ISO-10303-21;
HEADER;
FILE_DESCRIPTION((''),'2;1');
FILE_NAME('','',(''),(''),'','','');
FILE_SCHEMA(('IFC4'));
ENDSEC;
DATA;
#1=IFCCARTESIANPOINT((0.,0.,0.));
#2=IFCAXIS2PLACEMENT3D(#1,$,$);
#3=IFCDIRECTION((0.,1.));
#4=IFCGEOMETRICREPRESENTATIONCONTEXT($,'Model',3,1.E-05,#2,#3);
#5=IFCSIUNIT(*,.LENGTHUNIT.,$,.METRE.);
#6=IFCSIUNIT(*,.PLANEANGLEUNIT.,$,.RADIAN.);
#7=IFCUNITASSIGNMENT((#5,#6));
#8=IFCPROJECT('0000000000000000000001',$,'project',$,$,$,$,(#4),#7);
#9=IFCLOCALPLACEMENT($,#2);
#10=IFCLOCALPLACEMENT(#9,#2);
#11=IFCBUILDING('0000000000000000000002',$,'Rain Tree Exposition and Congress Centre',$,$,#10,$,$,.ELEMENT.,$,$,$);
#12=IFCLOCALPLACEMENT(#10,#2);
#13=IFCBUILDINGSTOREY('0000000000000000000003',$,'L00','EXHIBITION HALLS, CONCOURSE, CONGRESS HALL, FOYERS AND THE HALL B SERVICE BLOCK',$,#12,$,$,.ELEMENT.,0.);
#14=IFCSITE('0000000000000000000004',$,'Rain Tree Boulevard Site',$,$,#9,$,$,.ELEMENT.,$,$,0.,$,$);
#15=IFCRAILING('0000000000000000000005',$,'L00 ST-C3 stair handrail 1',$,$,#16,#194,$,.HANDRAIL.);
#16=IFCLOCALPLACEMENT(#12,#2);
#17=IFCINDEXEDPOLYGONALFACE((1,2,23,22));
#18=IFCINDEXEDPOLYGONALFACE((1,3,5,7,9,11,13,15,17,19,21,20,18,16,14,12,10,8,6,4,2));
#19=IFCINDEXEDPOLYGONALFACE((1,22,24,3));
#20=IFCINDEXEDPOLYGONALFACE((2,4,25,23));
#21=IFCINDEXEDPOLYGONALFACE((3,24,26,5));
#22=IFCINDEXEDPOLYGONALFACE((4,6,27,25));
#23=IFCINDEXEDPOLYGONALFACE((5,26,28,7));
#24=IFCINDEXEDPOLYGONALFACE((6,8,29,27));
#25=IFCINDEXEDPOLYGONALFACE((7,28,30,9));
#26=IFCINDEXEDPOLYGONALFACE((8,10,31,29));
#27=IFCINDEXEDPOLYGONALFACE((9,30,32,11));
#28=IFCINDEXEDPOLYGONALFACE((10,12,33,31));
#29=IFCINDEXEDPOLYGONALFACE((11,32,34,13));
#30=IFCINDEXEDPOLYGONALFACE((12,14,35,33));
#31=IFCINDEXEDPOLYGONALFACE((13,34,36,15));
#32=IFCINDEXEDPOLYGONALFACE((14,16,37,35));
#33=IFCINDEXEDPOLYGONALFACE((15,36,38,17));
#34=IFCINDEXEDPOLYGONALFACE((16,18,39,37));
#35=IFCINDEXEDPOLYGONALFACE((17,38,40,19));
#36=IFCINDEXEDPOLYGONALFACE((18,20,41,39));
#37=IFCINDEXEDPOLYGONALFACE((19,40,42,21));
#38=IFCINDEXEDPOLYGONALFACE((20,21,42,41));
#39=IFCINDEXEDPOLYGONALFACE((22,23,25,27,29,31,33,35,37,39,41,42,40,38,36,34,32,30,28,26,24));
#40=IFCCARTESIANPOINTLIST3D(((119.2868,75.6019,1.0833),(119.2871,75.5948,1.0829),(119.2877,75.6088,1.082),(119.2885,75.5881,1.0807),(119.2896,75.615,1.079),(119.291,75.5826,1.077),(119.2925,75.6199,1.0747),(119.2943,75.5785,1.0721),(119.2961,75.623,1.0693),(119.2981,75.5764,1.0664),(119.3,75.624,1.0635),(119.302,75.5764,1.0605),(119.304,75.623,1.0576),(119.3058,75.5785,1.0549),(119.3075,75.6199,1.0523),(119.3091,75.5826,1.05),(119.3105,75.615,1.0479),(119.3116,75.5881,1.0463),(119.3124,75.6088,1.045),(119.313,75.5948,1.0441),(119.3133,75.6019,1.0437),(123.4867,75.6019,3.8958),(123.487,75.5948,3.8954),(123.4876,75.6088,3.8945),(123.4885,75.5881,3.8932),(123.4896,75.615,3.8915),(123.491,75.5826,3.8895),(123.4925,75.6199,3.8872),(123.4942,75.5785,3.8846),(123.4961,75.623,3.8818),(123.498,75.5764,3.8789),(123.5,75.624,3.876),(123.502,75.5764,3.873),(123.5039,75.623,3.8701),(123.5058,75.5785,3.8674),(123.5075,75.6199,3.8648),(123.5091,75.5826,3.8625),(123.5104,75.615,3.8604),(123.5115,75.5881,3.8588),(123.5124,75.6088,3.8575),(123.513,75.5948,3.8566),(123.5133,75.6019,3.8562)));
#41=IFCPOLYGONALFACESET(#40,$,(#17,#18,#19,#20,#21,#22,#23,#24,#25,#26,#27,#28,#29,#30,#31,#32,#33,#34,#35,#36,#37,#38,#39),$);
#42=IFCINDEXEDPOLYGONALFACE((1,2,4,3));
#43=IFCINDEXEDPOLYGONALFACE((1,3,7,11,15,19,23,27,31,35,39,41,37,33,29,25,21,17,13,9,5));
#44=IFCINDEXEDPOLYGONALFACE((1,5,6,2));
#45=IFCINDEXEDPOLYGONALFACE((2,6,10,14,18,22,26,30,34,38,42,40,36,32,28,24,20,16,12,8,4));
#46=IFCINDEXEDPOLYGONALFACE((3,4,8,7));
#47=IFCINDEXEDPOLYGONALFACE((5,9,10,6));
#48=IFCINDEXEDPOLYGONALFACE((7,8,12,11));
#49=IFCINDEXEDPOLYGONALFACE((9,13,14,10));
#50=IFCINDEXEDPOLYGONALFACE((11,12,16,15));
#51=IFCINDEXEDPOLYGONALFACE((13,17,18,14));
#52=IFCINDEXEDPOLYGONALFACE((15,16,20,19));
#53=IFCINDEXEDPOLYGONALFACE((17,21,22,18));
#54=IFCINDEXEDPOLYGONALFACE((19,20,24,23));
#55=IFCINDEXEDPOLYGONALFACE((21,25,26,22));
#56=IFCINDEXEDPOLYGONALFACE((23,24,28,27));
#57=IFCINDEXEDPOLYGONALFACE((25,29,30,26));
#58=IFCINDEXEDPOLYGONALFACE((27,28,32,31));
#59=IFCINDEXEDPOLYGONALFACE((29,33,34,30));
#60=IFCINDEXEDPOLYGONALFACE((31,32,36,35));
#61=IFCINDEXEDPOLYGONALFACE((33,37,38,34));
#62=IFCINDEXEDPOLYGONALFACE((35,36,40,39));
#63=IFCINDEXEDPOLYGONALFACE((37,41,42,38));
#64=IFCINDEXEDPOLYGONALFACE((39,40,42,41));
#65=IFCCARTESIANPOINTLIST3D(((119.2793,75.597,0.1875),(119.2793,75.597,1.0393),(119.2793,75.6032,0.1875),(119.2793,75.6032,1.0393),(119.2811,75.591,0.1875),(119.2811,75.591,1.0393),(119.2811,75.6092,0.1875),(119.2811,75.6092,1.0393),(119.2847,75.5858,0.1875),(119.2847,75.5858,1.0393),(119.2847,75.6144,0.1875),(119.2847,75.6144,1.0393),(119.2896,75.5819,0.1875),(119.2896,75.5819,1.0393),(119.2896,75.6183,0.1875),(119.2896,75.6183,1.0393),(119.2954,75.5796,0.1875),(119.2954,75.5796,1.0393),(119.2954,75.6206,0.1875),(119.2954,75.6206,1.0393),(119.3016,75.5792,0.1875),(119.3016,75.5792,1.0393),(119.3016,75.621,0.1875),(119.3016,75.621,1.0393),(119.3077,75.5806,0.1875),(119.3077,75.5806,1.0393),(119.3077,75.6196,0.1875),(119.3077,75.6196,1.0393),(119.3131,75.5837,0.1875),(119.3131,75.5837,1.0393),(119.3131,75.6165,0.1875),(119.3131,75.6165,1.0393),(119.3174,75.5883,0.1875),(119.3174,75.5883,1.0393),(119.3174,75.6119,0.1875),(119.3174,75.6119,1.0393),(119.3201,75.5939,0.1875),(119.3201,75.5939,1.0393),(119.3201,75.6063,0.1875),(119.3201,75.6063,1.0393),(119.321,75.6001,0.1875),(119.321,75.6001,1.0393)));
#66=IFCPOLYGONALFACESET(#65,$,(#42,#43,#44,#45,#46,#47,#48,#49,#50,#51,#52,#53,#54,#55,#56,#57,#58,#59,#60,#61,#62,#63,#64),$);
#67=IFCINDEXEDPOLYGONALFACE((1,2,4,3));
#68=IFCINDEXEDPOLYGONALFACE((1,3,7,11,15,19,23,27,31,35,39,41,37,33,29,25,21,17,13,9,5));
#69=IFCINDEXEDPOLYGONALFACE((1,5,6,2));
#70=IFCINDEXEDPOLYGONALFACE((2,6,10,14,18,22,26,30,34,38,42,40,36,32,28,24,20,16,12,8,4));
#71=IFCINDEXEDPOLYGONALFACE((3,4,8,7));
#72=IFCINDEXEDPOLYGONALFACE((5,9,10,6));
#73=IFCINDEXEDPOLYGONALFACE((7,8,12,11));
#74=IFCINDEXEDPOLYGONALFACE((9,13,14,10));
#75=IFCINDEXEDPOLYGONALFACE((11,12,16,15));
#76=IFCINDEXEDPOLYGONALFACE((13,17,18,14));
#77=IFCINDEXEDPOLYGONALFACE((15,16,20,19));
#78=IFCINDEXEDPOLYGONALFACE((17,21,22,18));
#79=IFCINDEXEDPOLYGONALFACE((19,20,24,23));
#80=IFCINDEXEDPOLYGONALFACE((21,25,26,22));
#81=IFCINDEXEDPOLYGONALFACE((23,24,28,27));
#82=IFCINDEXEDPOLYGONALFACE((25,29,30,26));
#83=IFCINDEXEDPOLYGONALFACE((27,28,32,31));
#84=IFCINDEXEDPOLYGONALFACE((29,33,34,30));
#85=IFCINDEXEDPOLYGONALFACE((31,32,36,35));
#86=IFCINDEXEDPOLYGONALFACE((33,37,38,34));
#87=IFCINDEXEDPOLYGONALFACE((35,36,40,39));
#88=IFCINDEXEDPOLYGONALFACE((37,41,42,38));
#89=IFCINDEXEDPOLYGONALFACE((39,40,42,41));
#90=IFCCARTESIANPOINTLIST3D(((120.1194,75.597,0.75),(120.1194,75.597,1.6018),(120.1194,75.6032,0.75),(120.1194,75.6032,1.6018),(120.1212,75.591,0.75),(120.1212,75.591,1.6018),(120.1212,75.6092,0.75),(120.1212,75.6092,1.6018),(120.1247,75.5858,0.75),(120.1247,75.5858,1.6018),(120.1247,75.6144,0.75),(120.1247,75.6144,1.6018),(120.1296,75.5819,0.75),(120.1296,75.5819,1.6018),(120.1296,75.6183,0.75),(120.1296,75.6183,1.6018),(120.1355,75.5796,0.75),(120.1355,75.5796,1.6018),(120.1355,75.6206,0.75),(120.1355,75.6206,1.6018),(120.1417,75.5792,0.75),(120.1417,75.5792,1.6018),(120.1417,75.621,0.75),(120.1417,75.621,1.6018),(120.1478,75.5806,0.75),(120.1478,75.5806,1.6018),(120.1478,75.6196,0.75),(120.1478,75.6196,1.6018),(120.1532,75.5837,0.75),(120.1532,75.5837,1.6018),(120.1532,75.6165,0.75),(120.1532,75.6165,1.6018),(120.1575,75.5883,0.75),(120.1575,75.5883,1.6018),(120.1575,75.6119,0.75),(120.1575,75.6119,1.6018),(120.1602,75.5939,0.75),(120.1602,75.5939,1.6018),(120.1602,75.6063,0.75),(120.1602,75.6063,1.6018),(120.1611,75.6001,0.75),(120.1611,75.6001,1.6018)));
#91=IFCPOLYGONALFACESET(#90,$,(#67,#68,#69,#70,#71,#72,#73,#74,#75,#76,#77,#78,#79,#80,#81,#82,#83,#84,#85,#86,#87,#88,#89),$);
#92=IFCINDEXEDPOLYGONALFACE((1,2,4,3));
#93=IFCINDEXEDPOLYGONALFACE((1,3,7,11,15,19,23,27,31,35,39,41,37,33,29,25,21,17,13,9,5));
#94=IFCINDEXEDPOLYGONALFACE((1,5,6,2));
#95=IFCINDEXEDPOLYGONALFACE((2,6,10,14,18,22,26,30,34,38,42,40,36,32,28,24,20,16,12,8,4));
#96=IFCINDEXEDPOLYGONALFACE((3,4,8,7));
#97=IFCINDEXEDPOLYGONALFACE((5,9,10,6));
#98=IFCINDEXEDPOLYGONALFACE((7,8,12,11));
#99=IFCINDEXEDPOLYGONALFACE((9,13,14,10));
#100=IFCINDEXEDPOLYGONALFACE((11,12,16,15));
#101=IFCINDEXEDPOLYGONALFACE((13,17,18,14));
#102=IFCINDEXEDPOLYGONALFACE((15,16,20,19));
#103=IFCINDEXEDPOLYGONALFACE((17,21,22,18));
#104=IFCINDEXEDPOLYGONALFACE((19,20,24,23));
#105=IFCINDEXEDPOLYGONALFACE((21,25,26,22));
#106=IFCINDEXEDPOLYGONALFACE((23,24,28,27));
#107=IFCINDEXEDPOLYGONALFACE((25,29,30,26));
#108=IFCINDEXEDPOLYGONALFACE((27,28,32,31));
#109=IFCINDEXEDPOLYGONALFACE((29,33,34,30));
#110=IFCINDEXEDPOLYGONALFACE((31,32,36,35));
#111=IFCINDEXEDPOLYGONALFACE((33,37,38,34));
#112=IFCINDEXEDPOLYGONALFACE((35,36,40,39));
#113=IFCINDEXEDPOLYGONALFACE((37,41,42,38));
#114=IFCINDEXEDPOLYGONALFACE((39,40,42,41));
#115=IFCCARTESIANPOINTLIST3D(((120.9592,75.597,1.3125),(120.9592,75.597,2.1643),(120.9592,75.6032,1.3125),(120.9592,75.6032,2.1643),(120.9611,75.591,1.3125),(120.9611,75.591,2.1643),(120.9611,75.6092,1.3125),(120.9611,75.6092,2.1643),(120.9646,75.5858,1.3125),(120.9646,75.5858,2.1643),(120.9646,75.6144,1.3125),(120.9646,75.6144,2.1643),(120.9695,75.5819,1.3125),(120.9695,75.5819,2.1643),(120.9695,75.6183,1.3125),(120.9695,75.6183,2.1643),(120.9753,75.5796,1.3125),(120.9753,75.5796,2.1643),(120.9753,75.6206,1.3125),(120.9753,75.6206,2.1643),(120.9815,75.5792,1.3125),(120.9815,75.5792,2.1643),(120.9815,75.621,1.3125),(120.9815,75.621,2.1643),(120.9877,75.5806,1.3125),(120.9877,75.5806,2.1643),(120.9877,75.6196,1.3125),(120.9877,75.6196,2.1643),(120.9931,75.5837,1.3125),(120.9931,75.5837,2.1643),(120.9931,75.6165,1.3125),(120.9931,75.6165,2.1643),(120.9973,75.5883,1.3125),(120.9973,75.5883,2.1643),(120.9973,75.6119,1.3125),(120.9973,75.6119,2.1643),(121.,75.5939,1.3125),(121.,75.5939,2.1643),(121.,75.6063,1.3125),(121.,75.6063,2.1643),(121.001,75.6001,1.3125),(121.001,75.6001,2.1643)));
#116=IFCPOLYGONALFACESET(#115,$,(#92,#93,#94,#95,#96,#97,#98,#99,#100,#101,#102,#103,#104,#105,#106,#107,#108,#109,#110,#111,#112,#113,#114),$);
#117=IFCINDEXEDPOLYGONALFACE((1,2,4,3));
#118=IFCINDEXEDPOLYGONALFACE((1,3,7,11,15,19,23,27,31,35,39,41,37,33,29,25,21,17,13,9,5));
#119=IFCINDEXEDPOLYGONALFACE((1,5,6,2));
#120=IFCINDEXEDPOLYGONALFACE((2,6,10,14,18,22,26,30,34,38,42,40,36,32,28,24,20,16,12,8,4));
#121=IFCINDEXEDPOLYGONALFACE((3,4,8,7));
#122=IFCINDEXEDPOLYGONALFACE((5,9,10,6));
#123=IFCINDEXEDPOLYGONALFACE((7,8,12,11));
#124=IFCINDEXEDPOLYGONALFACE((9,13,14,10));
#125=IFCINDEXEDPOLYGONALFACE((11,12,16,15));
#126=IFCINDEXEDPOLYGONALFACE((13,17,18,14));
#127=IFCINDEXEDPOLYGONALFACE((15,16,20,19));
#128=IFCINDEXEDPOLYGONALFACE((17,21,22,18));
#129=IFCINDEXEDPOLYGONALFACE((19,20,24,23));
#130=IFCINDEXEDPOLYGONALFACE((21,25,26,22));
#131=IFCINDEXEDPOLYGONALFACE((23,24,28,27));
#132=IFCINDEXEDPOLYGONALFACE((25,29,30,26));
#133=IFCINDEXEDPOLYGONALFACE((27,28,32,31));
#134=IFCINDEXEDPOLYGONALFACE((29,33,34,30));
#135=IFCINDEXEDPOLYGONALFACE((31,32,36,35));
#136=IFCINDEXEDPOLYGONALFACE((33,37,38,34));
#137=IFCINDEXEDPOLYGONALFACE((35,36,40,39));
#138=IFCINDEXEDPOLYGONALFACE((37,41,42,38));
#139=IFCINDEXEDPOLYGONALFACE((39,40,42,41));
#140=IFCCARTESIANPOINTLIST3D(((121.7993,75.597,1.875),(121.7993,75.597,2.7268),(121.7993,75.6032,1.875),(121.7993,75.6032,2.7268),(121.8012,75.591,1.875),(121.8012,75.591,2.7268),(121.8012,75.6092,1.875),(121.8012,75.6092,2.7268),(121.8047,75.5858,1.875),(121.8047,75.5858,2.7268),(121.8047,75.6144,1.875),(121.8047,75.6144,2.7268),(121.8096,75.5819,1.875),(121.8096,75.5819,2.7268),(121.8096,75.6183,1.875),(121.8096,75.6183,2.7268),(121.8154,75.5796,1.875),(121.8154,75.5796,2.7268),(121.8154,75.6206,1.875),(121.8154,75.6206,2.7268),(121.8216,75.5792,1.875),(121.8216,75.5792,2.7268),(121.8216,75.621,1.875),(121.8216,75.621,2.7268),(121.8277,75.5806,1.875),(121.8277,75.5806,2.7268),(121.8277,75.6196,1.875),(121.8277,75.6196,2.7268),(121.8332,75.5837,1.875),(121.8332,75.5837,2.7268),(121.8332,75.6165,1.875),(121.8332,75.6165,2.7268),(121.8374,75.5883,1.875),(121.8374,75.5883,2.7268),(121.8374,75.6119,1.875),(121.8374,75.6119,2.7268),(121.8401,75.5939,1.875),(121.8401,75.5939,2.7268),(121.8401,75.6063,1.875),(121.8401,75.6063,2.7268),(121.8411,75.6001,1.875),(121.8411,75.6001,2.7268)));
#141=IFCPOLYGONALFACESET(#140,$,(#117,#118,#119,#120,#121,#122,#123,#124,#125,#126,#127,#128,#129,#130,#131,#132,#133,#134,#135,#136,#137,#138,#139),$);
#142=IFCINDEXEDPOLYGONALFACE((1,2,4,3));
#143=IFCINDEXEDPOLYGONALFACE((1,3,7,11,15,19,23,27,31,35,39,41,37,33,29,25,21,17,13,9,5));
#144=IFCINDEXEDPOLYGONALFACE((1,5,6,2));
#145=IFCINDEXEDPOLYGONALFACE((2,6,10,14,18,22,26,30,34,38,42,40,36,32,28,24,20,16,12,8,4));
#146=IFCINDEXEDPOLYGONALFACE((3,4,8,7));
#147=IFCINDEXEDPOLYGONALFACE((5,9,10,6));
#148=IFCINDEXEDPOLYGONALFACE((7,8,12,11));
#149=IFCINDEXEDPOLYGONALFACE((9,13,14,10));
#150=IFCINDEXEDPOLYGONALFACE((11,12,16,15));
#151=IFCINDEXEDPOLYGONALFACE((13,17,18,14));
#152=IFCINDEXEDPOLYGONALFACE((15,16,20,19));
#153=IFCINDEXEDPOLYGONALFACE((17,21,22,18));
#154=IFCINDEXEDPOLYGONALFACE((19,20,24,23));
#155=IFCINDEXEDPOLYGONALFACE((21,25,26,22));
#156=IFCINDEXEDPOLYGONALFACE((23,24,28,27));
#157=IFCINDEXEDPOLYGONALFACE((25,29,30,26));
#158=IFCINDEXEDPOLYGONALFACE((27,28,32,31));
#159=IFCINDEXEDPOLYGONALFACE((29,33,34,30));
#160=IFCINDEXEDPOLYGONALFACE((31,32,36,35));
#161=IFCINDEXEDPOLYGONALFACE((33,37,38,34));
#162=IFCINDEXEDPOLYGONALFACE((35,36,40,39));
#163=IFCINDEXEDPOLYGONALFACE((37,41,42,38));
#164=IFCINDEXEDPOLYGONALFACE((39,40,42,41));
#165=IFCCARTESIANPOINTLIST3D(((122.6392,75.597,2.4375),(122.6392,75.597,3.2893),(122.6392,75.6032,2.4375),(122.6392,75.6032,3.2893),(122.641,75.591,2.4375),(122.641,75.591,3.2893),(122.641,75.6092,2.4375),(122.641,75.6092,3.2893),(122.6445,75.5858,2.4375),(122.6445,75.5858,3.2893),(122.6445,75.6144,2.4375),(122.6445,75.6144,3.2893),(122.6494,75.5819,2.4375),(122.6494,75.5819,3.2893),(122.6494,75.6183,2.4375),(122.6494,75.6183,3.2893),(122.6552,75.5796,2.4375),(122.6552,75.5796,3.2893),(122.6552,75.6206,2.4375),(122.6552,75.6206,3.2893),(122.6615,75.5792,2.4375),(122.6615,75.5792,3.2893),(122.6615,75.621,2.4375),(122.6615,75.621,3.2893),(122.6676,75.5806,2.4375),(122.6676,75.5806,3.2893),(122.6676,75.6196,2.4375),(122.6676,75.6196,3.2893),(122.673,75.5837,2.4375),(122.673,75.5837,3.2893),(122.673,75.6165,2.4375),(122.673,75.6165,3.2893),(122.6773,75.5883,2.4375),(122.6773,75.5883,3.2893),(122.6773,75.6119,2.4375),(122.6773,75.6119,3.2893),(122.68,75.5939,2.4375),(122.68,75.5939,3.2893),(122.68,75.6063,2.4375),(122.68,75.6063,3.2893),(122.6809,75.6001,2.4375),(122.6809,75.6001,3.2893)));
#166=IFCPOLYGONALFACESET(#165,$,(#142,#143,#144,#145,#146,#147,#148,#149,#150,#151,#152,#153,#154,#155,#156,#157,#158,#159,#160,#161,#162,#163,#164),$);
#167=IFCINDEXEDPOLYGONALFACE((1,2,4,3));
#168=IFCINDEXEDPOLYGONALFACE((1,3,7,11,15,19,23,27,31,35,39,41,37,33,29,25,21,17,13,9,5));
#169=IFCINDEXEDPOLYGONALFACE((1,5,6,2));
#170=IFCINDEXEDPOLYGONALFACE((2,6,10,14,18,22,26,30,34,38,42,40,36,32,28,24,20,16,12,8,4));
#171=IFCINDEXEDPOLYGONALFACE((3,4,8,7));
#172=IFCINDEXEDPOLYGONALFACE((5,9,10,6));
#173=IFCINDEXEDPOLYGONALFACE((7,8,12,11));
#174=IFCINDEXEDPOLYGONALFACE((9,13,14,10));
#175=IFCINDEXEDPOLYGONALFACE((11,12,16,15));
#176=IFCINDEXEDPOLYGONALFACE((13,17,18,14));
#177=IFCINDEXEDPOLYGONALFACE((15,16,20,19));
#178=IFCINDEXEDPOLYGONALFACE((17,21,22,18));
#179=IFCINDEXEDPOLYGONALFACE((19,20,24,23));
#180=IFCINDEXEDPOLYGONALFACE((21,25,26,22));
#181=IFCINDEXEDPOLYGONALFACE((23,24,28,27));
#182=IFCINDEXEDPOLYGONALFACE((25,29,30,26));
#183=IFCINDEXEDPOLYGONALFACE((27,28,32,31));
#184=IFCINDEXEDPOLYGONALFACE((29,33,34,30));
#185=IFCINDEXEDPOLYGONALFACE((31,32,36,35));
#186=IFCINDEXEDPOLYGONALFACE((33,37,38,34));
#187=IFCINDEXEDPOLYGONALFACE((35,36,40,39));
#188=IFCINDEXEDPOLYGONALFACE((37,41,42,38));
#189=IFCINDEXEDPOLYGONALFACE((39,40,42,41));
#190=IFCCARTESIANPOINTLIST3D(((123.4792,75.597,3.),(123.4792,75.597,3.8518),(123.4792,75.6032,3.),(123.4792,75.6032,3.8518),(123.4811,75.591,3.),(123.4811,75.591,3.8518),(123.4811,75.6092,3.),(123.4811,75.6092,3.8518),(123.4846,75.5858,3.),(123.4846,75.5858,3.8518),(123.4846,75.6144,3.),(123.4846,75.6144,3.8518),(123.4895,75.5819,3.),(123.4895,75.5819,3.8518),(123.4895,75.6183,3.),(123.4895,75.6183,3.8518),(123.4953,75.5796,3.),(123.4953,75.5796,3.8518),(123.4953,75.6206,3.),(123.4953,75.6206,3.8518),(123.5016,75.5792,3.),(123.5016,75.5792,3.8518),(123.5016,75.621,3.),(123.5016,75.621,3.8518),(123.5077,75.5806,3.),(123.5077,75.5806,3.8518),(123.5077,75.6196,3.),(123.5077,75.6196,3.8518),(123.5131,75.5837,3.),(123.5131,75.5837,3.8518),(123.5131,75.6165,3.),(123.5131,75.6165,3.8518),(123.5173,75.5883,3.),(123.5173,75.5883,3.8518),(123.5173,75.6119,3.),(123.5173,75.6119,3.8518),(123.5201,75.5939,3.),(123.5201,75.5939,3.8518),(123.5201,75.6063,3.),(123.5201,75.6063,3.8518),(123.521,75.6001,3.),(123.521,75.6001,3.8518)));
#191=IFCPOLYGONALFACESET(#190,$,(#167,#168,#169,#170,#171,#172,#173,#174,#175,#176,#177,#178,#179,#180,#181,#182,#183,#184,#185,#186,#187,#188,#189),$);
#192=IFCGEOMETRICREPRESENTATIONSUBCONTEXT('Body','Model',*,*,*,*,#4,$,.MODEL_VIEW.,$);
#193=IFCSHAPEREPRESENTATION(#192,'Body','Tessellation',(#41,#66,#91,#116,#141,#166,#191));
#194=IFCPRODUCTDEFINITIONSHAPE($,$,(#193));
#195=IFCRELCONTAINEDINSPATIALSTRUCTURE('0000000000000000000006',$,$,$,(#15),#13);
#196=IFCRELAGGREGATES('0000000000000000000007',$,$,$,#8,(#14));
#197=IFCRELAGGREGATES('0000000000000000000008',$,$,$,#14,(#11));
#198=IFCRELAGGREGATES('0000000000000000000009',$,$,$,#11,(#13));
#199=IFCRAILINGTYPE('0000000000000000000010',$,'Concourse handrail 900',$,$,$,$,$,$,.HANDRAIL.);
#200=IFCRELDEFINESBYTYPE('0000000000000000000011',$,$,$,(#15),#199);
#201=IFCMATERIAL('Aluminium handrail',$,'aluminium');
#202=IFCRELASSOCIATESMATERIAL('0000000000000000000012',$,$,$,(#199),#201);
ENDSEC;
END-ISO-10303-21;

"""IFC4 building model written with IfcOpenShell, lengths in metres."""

from ifc_helpers import new_model, si_unit, direction, frame, origin, origin_2d, place, context, subcontext, project, spatial, circle, extrude, material, type_object, element, save


model = new_model("IFC4")

# Units and contexts
model_context = context("Model", 3, precision=1e-05, world=origin(), true_north=direction((0.0, 1.0)))
body_context = subcontext(model_context, "Body", "Model", "MODEL_VIEW")
ifc_project = project(units=[si_unit("LENGTHUNIT", "METRE"), si_unit("PLANEANGLEUNIT", "RADIAN")], contexts=[model_context])

# Site, building, storey
site_placement = place(None, origin())
site = spatial("IfcSite", under=ifc_project, at=site_placement, Name="Rain Tree Boulevard Site", CompositionType="ELEMENT", RefElevation=0.0)
building_placement = place(site_placement, origin())
building = spatial("IfcBuilding", under=site, at=building_placement, Name="Rain Tree Exposition and Congress Centre", CompositionType="ELEMENT")
storey_placement = place(building_placement, origin())
storey = spatial("IfcBuildingStorey", under=building, at=storey_placement, Name="L00", Description="EXHIBITION HALLS, CONCOURSE, CONGRESS HALL, FOYERS AND THE HALL B SERVICE BLOCK", CompositionType="ELEMENT", Elevation=0.0)

# Railing
ifc_material_1 = material(Name="Aluminium handrail", Category="aluminium")
railing_type_1 = type_object("IfcRailingType", Name="Concourse handrail 900", PredefinedType="HANDRAIL", material=ifc_material_1)
railing_1_placement = place(storey_placement, frame((119.3, 75.6001, 0.1875)))
element("IfcRailing", 1, at=railing_1_placement, inside=storey, type_object=railing_type_1, Name="L00 ST-C3 stair handrail 1", PredefinedType="HANDRAIL", context=body_context, shape_type="SweptSolid", body=[
    extrude(circle(Radius=0.0239, at=origin_2d()), frame((0.0, 0.0, 0.876), z_axis=(0.830904, 0.0, 0.556416), x_axis=(0.0, 1.0, 0.0)), (0.0, 0.0, 1.0), 5.0547),
    extrude(circle(Radius=0.021, at=origin_2d()), origin(), (0.0, 0.0, 1.0), 0.8518),
    extrude(circle(Radius=0.021, at=origin_2d()), frame((0.8401, 0.0, 0.5625)), (0.0, 0.0, 1.0), 0.8518),
    extrude(circle(Radius=0.021, at=origin_2d()), frame((1.6799, 0.0, 1.125)), (0.0, 0.0, 1.0), 0.8518),
    extrude(circle(Radius=0.021, at=origin_2d()), frame((2.52, 0.0, 1.6875)), (0.0, 0.0, 1.0), 0.8518),
    extrude(circle(Radius=0.021, at=origin_2d()), frame((3.3599, 0.0, 2.25)), (0.0, 0.0, 1.0), 0.8518),
    extrude(circle(Radius=0.021, at=origin_2d()), frame((4.2, 0.0, 2.8125)), (0.0, 0.0, 1.0), 0.8518),
])

save(model, "model.ifc")
